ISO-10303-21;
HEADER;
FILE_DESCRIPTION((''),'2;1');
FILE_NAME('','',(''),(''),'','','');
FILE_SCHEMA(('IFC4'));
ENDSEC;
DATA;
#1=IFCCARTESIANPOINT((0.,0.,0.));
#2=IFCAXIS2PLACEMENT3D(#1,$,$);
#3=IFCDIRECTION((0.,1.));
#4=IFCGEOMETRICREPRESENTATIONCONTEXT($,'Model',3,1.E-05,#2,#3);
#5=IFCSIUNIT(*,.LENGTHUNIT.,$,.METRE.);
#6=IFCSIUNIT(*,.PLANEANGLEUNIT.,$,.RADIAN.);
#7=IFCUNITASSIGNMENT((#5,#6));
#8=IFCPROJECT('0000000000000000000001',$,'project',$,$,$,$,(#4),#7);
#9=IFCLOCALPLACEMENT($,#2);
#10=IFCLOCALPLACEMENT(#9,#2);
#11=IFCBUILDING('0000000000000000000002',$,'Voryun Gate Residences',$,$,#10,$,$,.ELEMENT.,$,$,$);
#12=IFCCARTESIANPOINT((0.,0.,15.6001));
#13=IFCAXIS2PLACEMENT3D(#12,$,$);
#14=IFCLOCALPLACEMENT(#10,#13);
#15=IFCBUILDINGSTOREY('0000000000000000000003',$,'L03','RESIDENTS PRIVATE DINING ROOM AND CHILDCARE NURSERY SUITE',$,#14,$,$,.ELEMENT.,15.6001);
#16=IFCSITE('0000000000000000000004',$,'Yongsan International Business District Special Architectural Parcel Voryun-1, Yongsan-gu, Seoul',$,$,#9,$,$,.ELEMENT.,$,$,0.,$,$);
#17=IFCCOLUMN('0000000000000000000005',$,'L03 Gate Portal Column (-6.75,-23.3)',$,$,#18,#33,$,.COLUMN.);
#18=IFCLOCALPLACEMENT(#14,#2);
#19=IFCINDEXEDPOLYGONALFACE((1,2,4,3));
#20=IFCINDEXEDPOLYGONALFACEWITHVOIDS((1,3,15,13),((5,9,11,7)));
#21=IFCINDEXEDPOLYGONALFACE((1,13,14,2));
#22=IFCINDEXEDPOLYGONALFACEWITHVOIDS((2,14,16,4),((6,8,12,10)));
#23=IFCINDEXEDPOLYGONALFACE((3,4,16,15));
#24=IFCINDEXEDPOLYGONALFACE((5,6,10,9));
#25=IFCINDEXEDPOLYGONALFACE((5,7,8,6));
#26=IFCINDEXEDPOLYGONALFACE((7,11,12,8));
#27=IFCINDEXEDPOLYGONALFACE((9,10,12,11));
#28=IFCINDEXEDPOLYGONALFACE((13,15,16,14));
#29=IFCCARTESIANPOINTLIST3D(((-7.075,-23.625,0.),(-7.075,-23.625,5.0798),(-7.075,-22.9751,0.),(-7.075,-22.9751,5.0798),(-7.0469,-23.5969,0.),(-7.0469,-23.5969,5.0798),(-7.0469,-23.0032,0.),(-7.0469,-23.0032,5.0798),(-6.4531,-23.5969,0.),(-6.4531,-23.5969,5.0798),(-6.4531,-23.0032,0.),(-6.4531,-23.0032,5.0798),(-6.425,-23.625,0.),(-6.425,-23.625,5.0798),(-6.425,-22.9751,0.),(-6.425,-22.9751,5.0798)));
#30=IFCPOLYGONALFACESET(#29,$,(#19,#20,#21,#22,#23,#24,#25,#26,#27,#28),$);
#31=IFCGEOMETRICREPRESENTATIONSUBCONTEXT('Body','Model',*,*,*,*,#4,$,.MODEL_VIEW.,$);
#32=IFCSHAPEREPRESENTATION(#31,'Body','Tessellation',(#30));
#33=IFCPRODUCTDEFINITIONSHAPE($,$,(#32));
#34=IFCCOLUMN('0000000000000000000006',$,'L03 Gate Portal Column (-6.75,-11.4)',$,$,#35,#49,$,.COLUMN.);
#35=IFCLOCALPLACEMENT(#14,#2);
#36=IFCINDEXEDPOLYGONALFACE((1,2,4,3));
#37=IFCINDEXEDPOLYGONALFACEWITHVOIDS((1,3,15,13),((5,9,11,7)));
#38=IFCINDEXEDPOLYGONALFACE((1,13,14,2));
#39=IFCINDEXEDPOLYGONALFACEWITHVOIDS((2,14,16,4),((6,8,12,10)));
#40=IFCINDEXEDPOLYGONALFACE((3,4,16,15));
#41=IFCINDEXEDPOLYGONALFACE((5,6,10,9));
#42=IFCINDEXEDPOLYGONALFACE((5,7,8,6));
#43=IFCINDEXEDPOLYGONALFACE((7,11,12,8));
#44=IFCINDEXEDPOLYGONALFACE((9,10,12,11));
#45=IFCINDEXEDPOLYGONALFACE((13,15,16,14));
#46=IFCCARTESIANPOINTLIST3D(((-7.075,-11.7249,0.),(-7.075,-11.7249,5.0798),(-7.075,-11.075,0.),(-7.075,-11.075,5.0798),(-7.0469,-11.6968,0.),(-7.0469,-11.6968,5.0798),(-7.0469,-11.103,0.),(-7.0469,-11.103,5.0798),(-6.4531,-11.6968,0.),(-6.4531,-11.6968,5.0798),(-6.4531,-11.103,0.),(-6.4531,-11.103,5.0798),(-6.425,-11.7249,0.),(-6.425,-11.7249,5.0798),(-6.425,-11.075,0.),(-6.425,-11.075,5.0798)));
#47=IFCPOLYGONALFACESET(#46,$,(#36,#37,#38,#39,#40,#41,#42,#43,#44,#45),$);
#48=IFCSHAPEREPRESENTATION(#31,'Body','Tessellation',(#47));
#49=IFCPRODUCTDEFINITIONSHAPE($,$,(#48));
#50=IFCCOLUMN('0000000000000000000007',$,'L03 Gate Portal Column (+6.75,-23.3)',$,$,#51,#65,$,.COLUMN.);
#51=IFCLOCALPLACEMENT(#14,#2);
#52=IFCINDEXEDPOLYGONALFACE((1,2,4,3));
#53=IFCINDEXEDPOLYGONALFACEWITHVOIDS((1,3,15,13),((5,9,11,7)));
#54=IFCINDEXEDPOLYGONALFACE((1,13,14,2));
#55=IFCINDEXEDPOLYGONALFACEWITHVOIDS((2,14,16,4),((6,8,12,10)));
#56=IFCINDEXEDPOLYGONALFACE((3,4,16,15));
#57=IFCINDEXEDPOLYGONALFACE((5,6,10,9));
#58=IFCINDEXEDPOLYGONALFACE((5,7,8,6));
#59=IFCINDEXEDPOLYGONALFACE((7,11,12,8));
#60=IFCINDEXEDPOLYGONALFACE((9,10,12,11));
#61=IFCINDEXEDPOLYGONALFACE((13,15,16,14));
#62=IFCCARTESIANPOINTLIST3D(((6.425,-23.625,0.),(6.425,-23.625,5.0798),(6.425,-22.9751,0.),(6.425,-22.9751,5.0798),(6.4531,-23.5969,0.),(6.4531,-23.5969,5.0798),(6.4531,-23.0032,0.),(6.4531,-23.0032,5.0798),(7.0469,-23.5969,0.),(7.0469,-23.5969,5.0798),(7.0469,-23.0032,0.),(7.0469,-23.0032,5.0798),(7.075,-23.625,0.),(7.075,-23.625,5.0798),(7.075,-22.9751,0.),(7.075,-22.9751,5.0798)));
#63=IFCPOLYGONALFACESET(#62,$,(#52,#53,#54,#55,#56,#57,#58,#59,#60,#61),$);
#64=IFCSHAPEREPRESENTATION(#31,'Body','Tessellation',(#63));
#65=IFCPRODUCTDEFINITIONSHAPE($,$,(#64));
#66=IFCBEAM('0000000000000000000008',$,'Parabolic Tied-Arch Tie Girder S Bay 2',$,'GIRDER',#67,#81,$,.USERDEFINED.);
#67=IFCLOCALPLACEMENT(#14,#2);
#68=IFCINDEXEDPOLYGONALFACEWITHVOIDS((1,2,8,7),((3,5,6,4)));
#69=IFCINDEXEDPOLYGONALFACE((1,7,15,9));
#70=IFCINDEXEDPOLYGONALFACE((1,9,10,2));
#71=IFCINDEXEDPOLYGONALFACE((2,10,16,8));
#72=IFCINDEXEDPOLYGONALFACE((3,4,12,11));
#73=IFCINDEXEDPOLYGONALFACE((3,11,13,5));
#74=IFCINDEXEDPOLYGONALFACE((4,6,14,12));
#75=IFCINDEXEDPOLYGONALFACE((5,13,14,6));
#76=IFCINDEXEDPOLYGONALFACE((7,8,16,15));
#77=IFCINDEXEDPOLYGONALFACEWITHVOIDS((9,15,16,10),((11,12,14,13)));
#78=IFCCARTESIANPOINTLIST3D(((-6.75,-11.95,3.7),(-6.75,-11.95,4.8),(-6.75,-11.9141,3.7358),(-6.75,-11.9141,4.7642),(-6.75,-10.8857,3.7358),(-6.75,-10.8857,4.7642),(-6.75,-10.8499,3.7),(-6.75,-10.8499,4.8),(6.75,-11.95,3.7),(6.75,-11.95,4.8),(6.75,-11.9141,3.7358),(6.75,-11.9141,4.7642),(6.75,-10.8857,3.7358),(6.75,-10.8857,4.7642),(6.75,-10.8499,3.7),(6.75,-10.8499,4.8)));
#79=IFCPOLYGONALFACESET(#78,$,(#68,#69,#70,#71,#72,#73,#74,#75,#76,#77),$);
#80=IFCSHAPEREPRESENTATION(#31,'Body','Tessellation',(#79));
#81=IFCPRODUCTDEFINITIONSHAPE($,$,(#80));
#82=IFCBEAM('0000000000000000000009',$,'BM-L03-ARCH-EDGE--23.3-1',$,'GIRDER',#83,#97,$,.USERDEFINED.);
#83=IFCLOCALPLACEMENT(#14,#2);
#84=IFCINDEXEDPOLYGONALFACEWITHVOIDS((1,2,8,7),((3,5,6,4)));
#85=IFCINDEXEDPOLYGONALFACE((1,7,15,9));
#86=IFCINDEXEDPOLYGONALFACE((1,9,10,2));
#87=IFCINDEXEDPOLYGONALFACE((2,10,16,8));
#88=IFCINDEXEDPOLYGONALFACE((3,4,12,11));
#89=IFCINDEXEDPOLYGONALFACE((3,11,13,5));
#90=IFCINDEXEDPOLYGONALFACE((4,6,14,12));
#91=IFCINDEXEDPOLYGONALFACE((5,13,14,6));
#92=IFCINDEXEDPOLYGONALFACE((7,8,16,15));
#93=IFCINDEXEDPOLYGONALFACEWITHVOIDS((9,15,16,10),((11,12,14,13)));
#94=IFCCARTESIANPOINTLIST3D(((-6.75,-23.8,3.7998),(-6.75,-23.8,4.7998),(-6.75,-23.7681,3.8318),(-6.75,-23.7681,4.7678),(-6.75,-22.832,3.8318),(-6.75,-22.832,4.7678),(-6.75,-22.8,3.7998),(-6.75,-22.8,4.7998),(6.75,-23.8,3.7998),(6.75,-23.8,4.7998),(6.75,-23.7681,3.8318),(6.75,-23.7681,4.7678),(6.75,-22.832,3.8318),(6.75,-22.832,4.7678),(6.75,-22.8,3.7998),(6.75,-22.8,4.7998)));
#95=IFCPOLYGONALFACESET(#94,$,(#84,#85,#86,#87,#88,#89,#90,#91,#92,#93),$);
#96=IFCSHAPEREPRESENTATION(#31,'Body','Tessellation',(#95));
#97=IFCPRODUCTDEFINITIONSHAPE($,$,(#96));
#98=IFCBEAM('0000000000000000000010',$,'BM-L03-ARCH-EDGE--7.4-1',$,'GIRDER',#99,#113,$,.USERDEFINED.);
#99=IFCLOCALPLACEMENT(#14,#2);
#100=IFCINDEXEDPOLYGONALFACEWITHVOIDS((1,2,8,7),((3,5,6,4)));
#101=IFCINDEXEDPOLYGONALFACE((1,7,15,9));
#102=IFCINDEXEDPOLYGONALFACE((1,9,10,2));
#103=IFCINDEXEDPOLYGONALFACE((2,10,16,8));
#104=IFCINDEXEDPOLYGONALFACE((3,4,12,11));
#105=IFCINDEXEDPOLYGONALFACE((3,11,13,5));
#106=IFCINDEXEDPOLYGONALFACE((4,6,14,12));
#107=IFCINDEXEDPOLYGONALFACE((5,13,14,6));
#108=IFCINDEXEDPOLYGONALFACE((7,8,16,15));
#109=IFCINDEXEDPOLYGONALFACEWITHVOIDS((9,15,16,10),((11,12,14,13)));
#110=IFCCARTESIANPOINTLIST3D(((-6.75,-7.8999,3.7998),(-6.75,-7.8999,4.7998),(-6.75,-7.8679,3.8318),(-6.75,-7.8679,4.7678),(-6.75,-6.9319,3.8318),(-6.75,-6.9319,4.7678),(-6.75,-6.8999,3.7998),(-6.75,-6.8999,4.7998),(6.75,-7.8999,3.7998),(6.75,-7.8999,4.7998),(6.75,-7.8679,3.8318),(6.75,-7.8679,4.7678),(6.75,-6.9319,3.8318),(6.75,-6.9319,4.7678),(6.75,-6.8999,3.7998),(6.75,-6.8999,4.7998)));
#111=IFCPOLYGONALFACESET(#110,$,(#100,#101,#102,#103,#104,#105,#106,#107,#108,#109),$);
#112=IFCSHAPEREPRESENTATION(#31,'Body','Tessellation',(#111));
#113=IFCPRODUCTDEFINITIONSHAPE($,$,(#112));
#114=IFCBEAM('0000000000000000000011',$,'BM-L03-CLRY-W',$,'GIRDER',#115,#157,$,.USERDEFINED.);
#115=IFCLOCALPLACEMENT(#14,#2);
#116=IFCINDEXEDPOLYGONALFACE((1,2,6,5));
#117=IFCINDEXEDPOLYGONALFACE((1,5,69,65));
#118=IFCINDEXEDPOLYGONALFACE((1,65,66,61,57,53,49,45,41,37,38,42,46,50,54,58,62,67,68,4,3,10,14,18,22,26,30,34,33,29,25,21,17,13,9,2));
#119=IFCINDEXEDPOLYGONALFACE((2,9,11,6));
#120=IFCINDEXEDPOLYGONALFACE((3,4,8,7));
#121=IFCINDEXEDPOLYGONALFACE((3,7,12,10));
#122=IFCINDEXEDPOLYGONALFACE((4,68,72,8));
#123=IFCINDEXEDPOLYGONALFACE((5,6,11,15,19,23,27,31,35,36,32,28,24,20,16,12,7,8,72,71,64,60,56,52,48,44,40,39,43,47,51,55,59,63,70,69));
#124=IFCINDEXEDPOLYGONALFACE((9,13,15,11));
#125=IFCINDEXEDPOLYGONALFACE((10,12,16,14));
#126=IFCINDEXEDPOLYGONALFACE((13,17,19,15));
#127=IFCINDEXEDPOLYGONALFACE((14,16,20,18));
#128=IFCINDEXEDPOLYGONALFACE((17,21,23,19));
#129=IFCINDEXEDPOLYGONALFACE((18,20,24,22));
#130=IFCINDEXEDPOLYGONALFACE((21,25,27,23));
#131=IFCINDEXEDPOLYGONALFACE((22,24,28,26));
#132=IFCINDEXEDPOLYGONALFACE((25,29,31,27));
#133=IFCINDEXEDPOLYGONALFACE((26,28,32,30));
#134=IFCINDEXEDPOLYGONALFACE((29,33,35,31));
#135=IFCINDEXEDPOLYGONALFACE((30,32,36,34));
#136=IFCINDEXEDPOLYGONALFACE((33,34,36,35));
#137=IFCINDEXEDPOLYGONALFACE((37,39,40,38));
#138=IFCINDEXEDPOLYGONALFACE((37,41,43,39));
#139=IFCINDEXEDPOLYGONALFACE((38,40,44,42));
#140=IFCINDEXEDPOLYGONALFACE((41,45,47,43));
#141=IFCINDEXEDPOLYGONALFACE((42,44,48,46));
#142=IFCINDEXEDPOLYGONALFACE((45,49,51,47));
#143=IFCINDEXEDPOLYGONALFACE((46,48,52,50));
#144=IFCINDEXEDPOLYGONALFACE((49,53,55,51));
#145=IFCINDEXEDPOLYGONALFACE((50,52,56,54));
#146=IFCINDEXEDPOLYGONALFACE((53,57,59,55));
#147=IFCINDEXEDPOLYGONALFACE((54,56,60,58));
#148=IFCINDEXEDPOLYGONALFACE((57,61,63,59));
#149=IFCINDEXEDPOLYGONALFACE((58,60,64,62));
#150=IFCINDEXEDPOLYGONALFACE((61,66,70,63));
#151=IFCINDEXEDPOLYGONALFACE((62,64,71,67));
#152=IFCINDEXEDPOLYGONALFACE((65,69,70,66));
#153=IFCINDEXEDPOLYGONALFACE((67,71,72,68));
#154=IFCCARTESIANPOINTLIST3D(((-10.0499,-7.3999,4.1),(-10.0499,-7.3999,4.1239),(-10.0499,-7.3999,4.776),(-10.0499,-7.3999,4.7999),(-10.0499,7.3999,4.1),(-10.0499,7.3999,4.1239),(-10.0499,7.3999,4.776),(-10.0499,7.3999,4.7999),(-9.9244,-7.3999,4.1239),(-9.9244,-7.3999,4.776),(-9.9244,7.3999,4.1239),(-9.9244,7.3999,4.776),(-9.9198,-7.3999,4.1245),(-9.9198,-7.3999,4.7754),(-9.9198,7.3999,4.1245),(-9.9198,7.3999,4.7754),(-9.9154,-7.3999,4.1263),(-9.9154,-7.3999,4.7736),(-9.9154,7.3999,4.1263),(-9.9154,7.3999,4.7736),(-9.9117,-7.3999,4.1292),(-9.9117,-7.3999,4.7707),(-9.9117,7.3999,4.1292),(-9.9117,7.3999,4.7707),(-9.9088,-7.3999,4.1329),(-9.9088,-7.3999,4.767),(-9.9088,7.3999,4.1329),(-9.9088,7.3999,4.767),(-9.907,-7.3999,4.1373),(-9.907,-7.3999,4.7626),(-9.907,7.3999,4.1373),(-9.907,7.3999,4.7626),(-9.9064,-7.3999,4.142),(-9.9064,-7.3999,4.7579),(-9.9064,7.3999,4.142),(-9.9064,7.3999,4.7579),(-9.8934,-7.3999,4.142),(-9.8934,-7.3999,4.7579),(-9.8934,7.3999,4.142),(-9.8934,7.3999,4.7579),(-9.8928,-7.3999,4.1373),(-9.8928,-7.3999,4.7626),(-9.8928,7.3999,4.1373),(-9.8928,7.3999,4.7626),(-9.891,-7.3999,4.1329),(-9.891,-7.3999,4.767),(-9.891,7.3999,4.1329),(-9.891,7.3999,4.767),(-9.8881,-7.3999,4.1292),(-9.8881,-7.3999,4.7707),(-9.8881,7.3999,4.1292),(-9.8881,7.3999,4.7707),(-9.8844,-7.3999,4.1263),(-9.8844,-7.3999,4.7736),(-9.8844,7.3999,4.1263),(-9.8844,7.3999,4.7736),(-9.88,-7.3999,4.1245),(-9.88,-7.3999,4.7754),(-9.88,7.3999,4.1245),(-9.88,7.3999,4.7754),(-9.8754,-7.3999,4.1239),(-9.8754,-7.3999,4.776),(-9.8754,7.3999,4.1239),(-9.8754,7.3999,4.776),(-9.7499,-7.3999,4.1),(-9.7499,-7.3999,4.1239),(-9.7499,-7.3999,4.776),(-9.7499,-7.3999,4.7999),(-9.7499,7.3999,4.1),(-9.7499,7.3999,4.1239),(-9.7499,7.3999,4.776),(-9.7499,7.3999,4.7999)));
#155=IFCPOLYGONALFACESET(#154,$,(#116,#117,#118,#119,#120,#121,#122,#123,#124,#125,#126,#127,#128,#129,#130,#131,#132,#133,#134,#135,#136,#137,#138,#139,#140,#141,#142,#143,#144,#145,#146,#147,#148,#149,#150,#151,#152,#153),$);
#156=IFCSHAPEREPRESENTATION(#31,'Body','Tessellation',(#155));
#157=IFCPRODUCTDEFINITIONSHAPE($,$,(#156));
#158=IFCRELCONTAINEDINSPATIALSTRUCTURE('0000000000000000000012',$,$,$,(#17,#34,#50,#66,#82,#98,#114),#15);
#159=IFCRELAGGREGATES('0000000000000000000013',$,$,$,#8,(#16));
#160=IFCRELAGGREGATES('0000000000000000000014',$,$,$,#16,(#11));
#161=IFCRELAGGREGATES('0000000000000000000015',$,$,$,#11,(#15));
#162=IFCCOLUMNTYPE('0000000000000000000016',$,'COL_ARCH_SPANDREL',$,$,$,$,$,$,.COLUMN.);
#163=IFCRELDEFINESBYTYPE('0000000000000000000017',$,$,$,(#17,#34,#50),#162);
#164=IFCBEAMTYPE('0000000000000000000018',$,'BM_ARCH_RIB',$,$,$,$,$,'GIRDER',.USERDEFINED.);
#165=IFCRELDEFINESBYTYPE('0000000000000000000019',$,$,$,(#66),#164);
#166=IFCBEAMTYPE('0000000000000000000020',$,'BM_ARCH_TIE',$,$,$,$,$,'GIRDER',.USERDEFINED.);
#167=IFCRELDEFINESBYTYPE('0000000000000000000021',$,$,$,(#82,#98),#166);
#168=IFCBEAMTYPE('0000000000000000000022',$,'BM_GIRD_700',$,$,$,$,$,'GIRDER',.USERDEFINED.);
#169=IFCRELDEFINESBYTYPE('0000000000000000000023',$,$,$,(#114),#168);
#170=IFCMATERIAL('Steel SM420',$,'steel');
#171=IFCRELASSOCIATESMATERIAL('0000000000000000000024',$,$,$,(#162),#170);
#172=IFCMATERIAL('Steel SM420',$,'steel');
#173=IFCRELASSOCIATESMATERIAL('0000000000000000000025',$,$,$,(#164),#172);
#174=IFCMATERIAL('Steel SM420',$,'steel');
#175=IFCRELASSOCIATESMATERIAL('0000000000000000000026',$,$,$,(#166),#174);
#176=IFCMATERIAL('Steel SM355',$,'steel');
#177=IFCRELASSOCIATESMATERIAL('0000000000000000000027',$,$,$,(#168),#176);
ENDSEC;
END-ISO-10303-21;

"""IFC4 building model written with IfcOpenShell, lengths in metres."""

from ifc_helpers import new_model, si_unit, direction, frame, origin, origin_2d, place, context, subcontext, project, spatial, hollow_rectangle, i_section, extrude, material, material_profile, profile_set, type_object, element, save


model = new_model("IFC4")

# Units and contexts
model_context = context("Model", 3, precision=1e-05, world=origin(), true_north=direction((0.0, 1.0)))
body_context = subcontext(model_context, "Body", "Model", "MODEL_VIEW")
ifc_project = project(units=[si_unit("LENGTHUNIT", "METRE"), si_unit("PLANEANGLEUNIT", "RADIAN")], contexts=[model_context])

# Site, building, storey
site_placement = place(None, origin())
site = spatial("IfcSite", under=ifc_project, at=site_placement, Name="Yongsan International Business District Special Architectural Parcel Voryun-1, Yongsan-gu, Seoul", CompositionType="ELEMENT", RefElevation=0.0)
building_placement = place(site_placement, origin())
building = spatial("IfcBuilding", under=site, at=building_placement, Name="Voryun Gate Residences", CompositionType="ELEMENT")
storey_placement = place(building_placement, frame((0.0, 0.0, 15.6001)))
storey = spatial("IfcBuildingStorey", under=building, at=storey_placement, Name="L03", Description="RESIDENTS PRIVATE DINING ROOM AND CHILDCARE NURSERY SUITE", CompositionType="ELEMENT", Elevation=15.6001)

# Columns
ifc_material_1 = material(Name="Steel SM420", Category="steel")
ifc_material_profile_1 = material_profile(ifc_material_1, hollow_rectangle(XDim=0.6499, YDim=0.6499, WallThickness=0.0281, at=origin_2d()), Name="BOX-650x650x28")
ifc_profile_set_1 = profile_set([ifc_material_profile_1], Name="Steel SM420")
column_type = type_object("IfcColumnType", Name="COL_ARCH_SPANDREL", PredefinedType="COLUMN", material=ifc_profile_set_1)
for number, where, z_axis, x_axis, name in (
    (1, (-6.75, -23.3, 0.0), (0.0, 0.0, 1.0), (1.0, 0.0, 0.0), "L03 Gate Portal Column (-6.75,-23.3)"),
    (2, (-6.75, -11.3999, 0.0), (0.0, 0.0, 1.0), (1.0, 0.0, 0.0), "L03 Gate Portal Column (-6.75,-11.4)"),
    (3, (6.75, -23.3, 0.0), (0.0, 0.0, 1.0), (1.0, 0.0, 0.0), "L03 Gate Portal Column (+6.75,-23.3)"),
):
    element("IfcColumn", number, at=place(storey_placement, frame(where, z_axis=z_axis, x_axis=x_axis)), inside=storey, type_object=column_type, Name=name, PredefinedType="COLUMN", context=body_context, shape_type="SweptSolid", body=[
        extrude(hollow_rectangle(XDim=0.6499, YDim=0.6499, WallThickness=0.0281, at=origin_2d()), origin(), (0.0, 0.0, 1.0), 5.0798),
    ])

# Beams
ifc_material_2 = material(Name="Steel SM420", Category="steel")
ifc_material_profile_2 = material_profile(ifc_material_2, hollow_rectangle(XDim=1.1001, YDim=1.1001, WallThickness=0.0359, at=origin_2d()), Name="BOX-1100x1100x36")
ifc_profile_set_2 = profile_set([ifc_material_profile_2], Name="Steel SM420")
beam_type_1 = type_object("IfcBeamType", Name="BM_ARCH_RIB", ElementType="GIRDER", PredefinedType="USERDEFINED", material=ifc_profile_set_2)
beam_1_placement = place(storey_placement, frame((-6.75, -11.3999, 4.25), z_axis=(1.0, 0.0, 0.0), x_axis=(0.0, 1.0, 0.0)))
element("IfcBeam", 4, at=beam_1_placement, inside=storey, type_object=beam_type_1, Name="Parabolic Tied-Arch Tie Girder S Bay 2", ObjectType="GIRDER", PredefinedType="USERDEFINED", context=body_context, shape_type="SweptSolid", body=[
    extrude(hollow_rectangle(XDim=1.1001, YDim=1.1001, WallThickness=0.0359, at=origin_2d()), origin(), (0.0, 0.0, 1.0), 13.5),
])
ifc_material_3 = material(Name="Steel SM420", Category="steel")
ifc_material_profile_3 = material_profile(ifc_material_3, hollow_rectangle(XDim=1.0, YDim=1.0, WallThickness=0.032, at=origin_2d()), Name="BOX-1000x1000x32")
ifc_profile_set_3 = profile_set([ifc_material_profile_3], Name="Steel SM420")
beam_type_2 = type_object("IfcBeamType", Name="BM_ARCH_TIE", ElementType="GIRDER", PredefinedType="USERDEFINED", material=ifc_profile_set_3)
for number, where, z_axis, x_axis, name in (
    (5, (-6.75, -23.3, 4.2998), (1.0, 0.0, 0.0), (0.0, 1.0, 0.0), "BM-L03-ARCH-EDGE--23.3-1"),
    (6, (-6.75, -7.3999, 4.2998), (1.0, 0.0, 0.0), (0.0, 1.0, 0.0), "BM-L03-ARCH-EDGE--7.4-1"),
):
    element("IfcBeam", number, at=place(storey_placement, frame(where, z_axis=z_axis, x_axis=x_axis)), inside=storey, type_object=beam_type_2, Name=name, ObjectType="GIRDER", PredefinedType="USERDEFINED", context=body_context, shape_type="SweptSolid", body=[
        extrude(hollow_rectangle(XDim=1.0, YDim=1.0, WallThickness=0.032, at=origin_2d()), origin(), (0.0, 0.0, 1.0), 13.5),
    ])
ifc_material_4 = material(Name="Steel SM355", Category="steel")
ifc_material_profile_4 = material_profile(ifc_material_4, i_section(OverallWidth=0.3, OverallDepth=0.7, WebThickness=0.0129, FlangeThickness=0.0239, FilletRadius=0.0181, at=origin_2d()), Name="H-700x300x13x24")
ifc_profile_set_4 = profile_set([ifc_material_profile_4], Name="Steel SM355")
beam_type_3 = type_object("IfcBeamType", Name="BM_GIRD_700", ElementType="GIRDER", PredefinedType="USERDEFINED", material=ifc_profile_set_4)
beam_2_placement = place(storey_placement, frame((-9.8999, -7.3999, 4.45), z_axis=(0.0, 1.0, 0.0), x_axis=(-1.0, 0.0, 0.0)))
element("IfcBeam", 7, at=beam_2_placement, inside=storey, type_object=beam_type_3, Name="BM-L03-CLRY-W", ObjectType="GIRDER", PredefinedType="USERDEFINED", context=body_context, shape_type="SweptSolid", body=[
    extrude(i_section(OverallWidth=0.3, OverallDepth=0.7, WebThickness=0.0129, FlangeThickness=0.0239, FilletRadius=0.0181, at=origin_2d()), origin(), (0.0, 0.0, 1.0), 14.7998),
])

save(model, "model.ifc")
